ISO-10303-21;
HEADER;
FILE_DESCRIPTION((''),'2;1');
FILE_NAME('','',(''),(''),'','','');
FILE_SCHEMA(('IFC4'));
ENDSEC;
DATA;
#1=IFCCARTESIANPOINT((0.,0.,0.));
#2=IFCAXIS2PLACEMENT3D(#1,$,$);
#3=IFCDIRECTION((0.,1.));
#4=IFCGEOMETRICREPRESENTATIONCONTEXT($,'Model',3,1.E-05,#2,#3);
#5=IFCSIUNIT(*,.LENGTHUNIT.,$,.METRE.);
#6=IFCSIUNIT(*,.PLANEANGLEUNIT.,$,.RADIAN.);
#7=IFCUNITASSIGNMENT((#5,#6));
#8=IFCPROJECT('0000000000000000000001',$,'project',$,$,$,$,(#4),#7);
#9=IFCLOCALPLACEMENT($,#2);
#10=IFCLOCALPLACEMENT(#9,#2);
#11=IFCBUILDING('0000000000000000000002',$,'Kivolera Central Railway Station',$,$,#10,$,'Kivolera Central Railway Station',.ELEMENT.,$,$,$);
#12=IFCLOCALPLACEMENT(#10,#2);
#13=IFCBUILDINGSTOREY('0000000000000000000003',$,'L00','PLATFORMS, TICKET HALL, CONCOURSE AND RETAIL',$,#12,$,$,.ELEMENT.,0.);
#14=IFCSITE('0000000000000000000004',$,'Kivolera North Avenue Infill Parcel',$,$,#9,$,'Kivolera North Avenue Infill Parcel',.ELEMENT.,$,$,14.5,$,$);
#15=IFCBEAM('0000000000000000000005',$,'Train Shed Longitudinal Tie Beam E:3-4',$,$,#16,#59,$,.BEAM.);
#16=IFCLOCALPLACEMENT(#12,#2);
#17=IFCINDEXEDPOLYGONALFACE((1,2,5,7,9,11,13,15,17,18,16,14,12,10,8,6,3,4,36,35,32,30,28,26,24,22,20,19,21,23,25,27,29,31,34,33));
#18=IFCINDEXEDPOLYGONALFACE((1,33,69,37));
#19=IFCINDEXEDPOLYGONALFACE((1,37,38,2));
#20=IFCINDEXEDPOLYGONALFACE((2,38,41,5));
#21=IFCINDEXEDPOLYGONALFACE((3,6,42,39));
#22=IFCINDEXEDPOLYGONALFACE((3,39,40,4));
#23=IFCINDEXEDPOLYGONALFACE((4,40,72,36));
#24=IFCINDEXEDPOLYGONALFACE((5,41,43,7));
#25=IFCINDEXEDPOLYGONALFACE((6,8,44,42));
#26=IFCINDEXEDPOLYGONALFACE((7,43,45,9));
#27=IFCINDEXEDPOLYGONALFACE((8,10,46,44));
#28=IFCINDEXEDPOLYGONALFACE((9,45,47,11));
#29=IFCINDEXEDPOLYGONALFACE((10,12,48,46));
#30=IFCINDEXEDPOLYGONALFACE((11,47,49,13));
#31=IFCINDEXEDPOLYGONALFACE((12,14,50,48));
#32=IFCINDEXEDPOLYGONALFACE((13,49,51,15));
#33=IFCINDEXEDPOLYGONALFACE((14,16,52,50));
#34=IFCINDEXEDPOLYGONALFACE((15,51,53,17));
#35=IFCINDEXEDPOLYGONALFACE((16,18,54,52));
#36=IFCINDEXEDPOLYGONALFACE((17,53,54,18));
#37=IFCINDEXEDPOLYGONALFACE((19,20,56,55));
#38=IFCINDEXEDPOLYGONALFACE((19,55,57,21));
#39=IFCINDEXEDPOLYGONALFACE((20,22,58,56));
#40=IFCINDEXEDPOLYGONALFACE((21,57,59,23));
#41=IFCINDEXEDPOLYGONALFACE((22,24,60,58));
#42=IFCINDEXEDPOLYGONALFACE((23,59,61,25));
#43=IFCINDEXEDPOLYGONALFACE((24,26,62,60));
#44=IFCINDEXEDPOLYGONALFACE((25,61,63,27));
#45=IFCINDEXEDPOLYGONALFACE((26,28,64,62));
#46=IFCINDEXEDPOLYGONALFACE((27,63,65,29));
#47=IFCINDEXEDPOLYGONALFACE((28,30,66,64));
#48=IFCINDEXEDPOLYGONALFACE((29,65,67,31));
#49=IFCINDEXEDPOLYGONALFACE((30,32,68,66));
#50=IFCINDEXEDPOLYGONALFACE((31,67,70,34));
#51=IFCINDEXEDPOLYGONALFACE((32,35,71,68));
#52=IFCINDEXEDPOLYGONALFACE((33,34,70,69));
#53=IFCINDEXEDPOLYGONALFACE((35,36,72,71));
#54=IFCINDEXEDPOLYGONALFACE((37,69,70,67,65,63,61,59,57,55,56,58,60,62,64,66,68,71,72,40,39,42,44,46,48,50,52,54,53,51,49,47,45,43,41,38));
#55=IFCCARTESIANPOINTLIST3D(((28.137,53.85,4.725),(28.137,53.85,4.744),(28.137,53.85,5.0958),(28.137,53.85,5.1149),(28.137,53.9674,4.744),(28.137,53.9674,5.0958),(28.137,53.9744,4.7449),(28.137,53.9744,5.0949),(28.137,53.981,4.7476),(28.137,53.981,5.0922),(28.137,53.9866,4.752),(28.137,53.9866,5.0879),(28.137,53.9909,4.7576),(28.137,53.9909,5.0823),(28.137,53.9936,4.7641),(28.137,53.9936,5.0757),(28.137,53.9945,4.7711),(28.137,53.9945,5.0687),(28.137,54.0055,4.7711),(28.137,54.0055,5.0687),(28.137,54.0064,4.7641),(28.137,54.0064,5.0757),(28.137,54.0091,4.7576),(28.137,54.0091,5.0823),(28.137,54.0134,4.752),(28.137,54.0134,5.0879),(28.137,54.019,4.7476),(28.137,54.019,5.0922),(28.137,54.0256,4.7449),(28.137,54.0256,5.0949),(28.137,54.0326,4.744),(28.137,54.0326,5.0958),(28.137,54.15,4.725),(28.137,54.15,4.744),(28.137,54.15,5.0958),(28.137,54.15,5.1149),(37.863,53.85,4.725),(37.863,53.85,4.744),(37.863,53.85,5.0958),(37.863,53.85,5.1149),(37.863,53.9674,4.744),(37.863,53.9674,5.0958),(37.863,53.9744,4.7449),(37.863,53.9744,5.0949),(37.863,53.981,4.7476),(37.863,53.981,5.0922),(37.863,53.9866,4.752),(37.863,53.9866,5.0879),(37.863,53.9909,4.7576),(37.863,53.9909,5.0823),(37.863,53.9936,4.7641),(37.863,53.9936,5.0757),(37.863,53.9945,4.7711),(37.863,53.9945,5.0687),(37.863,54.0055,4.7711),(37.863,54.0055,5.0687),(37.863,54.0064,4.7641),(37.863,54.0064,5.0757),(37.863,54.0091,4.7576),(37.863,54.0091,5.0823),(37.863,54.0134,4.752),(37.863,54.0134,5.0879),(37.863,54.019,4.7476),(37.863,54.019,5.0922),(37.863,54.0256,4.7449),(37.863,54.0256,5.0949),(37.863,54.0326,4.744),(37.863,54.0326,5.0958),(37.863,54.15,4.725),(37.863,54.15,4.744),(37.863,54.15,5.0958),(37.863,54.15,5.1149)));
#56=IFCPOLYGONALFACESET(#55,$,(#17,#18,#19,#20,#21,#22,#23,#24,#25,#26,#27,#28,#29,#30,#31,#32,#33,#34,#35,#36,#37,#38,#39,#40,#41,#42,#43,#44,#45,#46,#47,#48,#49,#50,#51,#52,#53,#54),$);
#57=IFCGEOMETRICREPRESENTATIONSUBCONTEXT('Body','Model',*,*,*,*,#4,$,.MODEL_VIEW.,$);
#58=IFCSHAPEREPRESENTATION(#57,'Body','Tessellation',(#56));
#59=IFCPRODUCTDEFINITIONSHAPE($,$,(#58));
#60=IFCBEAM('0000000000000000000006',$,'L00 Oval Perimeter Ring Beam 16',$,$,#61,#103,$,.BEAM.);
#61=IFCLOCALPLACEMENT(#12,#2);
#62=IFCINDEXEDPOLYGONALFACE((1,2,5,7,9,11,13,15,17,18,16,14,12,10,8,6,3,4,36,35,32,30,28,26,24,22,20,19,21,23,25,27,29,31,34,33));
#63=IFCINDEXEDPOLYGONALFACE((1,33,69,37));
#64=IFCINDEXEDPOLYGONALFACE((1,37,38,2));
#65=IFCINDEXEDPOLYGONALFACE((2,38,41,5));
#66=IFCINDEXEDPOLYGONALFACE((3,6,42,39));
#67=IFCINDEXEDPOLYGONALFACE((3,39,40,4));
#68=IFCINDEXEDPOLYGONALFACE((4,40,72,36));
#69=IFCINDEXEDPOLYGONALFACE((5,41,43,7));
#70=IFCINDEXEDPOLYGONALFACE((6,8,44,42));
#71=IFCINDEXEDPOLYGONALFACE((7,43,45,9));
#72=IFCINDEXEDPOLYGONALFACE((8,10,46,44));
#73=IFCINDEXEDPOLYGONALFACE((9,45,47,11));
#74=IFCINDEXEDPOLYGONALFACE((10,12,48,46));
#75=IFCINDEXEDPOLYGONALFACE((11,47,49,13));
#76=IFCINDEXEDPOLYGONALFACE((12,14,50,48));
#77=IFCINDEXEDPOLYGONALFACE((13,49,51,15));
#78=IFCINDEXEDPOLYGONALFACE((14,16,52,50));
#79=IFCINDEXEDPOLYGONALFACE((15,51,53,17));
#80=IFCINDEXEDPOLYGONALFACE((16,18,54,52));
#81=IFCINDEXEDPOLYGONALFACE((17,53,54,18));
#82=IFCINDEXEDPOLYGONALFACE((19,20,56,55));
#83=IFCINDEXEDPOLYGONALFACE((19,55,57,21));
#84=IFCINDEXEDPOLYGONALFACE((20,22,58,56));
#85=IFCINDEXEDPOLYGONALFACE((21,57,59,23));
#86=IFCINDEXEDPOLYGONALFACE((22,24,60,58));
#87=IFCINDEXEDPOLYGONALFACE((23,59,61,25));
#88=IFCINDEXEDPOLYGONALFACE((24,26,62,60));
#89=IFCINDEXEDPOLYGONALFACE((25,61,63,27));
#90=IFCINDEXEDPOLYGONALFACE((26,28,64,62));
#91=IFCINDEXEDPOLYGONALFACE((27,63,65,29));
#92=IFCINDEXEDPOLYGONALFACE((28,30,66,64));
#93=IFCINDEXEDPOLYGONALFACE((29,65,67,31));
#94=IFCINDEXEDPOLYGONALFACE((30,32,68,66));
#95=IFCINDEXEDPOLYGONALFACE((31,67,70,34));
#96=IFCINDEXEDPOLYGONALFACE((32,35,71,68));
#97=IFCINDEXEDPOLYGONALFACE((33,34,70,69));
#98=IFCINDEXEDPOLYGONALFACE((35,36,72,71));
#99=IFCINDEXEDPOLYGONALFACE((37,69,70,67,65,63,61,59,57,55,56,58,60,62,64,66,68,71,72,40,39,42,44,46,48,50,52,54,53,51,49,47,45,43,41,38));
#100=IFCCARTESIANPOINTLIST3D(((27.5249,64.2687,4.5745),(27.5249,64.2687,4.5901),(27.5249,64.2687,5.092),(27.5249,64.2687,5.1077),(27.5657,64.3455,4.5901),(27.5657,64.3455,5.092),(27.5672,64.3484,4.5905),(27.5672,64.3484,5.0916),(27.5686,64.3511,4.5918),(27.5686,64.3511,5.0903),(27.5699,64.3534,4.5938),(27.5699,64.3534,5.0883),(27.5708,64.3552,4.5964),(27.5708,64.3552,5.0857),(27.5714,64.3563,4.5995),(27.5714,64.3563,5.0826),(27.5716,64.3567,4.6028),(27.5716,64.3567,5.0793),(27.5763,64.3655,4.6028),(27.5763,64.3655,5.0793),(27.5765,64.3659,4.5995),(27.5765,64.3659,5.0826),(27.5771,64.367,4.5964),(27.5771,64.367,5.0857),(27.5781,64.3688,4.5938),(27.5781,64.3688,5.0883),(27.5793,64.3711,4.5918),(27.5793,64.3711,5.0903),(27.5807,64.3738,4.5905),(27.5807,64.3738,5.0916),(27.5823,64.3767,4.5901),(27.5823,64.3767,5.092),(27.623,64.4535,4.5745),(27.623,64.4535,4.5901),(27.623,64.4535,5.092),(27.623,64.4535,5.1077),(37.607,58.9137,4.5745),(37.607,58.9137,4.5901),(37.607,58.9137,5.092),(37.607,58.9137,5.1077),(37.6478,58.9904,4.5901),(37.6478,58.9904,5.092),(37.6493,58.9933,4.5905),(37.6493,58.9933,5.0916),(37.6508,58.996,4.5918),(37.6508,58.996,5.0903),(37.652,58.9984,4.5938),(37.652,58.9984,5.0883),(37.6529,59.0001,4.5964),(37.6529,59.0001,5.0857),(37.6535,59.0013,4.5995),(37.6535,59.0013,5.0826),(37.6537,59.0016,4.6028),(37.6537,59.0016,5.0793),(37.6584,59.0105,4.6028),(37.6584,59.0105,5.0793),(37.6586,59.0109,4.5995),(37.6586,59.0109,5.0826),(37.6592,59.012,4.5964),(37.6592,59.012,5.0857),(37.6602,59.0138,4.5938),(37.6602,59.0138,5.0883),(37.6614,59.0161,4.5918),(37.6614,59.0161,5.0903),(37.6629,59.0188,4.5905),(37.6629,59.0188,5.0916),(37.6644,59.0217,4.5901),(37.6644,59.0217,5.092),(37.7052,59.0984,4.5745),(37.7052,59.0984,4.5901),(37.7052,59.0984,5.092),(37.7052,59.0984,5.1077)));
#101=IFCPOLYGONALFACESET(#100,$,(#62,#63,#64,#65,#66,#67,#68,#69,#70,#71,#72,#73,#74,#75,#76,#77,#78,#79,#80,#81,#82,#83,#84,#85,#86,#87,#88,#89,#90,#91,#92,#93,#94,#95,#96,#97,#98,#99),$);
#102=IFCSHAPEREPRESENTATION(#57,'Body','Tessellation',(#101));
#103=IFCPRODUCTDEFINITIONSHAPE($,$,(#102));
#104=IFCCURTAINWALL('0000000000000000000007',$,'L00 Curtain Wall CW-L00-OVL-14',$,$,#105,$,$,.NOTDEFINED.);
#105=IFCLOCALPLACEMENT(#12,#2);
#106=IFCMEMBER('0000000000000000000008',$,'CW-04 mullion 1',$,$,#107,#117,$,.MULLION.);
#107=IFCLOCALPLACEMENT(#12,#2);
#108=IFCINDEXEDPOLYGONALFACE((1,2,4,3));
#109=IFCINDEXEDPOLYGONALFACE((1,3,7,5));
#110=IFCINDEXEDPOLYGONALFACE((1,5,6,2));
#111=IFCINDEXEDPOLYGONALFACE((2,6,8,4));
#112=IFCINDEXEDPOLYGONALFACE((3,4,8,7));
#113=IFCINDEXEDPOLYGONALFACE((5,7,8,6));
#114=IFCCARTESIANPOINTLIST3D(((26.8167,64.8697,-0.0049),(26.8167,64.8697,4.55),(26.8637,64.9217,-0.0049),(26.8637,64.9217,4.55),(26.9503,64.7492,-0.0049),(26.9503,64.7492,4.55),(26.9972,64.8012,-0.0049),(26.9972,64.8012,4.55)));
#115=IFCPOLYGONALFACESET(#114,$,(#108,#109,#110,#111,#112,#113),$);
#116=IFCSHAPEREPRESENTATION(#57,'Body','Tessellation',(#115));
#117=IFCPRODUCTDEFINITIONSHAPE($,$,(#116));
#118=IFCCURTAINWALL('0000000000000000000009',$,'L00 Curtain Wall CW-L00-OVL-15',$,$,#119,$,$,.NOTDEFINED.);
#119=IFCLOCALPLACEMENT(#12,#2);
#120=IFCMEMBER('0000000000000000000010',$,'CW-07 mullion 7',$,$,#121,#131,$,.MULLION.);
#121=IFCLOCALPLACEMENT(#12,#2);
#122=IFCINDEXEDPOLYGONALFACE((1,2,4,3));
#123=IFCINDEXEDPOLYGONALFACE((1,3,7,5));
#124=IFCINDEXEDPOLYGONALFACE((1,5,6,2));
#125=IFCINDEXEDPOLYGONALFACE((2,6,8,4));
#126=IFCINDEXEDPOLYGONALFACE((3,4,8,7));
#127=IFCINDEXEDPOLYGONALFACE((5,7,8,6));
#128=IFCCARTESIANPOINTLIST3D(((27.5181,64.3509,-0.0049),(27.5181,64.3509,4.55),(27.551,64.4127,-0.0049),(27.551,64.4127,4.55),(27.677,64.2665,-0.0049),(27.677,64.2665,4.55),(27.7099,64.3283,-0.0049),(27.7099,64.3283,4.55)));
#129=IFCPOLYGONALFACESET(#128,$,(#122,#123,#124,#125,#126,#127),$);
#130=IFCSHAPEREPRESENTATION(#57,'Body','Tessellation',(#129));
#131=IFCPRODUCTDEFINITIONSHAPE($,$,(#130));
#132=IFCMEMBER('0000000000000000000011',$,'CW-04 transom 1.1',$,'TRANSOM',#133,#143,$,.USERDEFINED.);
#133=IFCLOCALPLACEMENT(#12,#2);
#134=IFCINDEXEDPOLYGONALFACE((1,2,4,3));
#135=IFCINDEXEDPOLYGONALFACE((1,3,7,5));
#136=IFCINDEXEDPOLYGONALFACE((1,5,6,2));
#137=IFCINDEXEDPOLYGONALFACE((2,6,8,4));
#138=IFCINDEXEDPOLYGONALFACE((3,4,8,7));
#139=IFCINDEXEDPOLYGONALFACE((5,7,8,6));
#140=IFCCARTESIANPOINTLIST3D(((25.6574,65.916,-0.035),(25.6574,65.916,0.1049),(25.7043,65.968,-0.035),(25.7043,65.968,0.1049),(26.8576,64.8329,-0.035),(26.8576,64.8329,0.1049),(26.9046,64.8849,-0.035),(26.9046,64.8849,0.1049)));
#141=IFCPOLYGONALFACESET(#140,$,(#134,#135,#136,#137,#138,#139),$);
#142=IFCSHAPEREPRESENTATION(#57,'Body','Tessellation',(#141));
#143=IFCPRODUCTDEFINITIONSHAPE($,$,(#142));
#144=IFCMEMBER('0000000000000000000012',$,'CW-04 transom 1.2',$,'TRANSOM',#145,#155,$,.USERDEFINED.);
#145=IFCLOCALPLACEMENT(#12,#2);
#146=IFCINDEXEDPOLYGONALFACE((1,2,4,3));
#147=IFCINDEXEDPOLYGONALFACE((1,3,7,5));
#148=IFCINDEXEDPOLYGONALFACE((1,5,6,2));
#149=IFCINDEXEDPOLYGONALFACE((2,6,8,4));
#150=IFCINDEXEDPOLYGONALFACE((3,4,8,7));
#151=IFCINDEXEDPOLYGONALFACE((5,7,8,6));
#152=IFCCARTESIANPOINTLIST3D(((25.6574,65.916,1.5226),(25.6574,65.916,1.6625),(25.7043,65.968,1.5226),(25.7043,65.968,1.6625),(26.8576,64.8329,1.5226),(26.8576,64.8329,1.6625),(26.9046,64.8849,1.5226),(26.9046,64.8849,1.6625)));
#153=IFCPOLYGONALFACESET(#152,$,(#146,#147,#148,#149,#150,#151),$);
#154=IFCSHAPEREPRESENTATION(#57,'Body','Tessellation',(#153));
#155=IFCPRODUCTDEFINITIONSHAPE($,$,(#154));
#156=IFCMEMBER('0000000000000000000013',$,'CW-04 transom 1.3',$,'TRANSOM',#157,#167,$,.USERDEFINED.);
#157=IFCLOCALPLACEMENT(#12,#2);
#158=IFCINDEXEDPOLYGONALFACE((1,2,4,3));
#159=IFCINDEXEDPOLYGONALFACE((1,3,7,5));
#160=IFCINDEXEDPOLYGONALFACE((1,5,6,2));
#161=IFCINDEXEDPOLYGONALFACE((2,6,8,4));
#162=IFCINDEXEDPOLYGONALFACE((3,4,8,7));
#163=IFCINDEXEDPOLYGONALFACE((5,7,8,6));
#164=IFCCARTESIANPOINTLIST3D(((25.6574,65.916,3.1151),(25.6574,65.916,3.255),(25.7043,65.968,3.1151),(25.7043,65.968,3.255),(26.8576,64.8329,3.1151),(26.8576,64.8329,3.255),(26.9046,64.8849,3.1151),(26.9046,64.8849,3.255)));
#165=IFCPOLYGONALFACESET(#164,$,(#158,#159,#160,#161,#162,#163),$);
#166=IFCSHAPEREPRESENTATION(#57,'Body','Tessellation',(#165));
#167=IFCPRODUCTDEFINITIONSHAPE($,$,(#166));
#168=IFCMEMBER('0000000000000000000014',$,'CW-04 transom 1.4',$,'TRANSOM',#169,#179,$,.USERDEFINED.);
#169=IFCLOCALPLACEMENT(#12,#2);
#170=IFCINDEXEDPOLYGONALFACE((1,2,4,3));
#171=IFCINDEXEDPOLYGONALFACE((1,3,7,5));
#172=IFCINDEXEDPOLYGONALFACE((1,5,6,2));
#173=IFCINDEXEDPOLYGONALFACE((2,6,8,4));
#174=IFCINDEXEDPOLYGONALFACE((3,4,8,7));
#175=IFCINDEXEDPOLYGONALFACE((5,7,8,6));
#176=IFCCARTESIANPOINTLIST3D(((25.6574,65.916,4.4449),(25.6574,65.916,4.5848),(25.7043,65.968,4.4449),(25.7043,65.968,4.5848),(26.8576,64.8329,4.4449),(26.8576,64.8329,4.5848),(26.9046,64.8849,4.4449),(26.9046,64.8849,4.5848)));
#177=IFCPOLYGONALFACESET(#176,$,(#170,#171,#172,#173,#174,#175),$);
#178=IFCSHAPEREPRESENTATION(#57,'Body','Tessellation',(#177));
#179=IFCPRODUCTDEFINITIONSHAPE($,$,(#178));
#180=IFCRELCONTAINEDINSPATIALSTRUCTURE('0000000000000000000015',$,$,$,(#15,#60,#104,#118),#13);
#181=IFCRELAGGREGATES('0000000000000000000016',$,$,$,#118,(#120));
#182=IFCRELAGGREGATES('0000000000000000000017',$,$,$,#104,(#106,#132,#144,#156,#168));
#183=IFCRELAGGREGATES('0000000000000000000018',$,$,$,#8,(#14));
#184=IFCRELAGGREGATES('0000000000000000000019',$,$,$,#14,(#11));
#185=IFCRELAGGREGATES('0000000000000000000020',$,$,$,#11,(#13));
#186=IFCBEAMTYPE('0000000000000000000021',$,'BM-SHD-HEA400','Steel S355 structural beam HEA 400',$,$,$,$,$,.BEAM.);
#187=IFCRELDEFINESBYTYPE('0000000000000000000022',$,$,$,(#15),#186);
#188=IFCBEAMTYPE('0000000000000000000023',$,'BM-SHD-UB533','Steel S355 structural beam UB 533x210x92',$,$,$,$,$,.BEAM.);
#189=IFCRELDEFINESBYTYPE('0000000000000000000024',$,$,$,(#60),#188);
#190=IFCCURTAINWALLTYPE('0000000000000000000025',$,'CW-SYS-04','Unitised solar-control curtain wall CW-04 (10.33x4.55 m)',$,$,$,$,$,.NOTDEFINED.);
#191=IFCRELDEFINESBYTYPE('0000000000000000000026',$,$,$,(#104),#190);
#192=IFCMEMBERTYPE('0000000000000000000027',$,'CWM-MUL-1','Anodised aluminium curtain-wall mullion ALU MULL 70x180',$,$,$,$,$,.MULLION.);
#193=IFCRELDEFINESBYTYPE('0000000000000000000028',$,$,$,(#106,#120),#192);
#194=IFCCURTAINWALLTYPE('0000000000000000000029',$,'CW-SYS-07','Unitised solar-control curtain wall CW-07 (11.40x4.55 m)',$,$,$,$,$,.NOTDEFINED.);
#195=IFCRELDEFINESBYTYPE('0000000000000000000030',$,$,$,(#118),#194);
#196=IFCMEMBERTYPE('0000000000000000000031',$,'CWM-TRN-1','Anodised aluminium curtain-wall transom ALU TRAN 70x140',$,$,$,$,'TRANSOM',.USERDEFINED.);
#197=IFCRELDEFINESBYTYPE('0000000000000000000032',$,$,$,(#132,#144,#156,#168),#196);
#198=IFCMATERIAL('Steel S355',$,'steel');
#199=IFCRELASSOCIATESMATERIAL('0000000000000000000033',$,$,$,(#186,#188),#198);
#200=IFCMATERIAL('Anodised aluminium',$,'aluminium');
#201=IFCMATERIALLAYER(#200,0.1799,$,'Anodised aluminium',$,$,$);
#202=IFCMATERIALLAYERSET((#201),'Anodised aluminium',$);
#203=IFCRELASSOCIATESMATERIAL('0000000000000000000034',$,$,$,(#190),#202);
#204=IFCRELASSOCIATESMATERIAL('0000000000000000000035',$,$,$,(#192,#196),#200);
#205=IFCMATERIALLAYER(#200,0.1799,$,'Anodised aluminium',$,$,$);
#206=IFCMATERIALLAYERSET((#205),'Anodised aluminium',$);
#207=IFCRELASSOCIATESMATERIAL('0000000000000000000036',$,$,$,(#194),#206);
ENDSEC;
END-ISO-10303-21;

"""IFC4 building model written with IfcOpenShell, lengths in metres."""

from ifc_helpers import new_model, si_unit, direction, frame, origin, origin_2d, place, context, subcontext, project, spatial, rectangle, i_section, extrude, material, layer, layer_set, material_profile, profile_set, type_object, element, aggregate, save


model = new_model("IFC4")

# Units and contexts
model_context = context("Model", 3, precision=1e-05, world=origin(), true_north=direction((0.0, 1.0)))
body_context = subcontext(model_context, "Body", "Model", "MODEL_VIEW")
ifc_project = project(units=[si_unit("LENGTHUNIT", "METRE"), si_unit("PLANEANGLEUNIT", "RADIAN")], contexts=[model_context])

# Site, building, storey
site_placement = place(None, origin())
site = spatial("IfcSite", under=ifc_project, at=site_placement, Name="Kivolera North Avenue Infill Parcel", LongName="Kivolera North Avenue Infill Parcel", CompositionType="ELEMENT", RefElevation=14.5)
building_placement = place(site_placement, origin())
building = spatial("IfcBuilding", under=site, at=building_placement, Name="Kivolera Central Railway Station", LongName="Kivolera Central Railway Station", CompositionType="ELEMENT")
storey_placement = place(building_placement, origin())
storey = spatial("IfcBuildingStorey", under=building, at=storey_placement, Name="L00", Description="PLATFORMS, TICKET HALL, CONCOURSE AND RETAIL", CompositionType="ELEMENT", Elevation=0.0)

# Shared definitions
ifc_material_1 = material(Name="Steel S355", Category="steel")

# Beams
ifc_material_profile_1 = material_profile(ifc_material_1, i_section(OverallWidth=0.3, OverallDepth=0.3899, WebThickness=0.011, FlangeThickness=0.019, FilletRadius=0.0271, at=origin_2d()), Name="HEA 400")
ifc_profile_set_1 = profile_set([ifc_material_profile_1], Name="Steel S355")
beam_type_1 = type_object("IfcBeamType", Name="BM-SHD-HEA400", Description="Steel S355 structural beam HEA 400", PredefinedType="BEAM", material=ifc_profile_set_1)
beam_1_placement = place(storey_placement, frame((28.137, 54.0, 4.9199), z_axis=(1.0, 0.0, 0.0), x_axis=(0.0, 1.0, 0.0)))
element("IfcBeam", 1, at=beam_1_placement, inside=storey, type_object=beam_type_1, Name="Train Shed Longitudinal Tie Beam E:3-4", PredefinedType="BEAM", context=body_context, shape_type="SweptSolid", body=[
    extrude(i_section(OverallWidth=0.3, OverallDepth=0.3899, WebThickness=0.011, FlangeThickness=0.019, FilletRadius=0.0271, at=origin_2d()), origin(), (0.0, 0.0, 1.0), 9.7261),
])
ifc_material_profile_2 = material_profile(ifc_material_1, i_section(OverallWidth=0.2092, OverallDepth=0.5332, WebThickness=0.01, FlangeThickness=0.0156, FilletRadius=0.0127, at=origin_2d()), Name="UB 533x210x92")
ifc_profile_set_2 = profile_set([ifc_material_profile_2], Name="Steel S355")
beam_type_2 = type_object("IfcBeamType", Name="BM-SHD-UB533", Description="Steel S355 structural beam UB 533x210x92", PredefinedType="BEAM", material=ifc_profile_set_2)
beam_2_placement = place(storey_placement, frame((27.574, 64.3611, 4.8411), z_axis=(0.883156, -0.46908, 0.0), x_axis=(0.46908, 0.883156, 0.0)))
element("IfcBeam", 2, at=beam_2_placement, inside=storey, type_object=beam_type_2, Name="L00 Oval Perimeter Ring Beam 16", PredefinedType="BEAM", context=body_context, shape_type="SweptSolid", body=[
    extrude(i_section(OverallWidth=0.2092, OverallDepth=0.5332, WebThickness=0.01, FlangeThickness=0.0156, FilletRadius=0.0127, at=origin_2d()), origin(), (0.0, 0.0, 1.0), 11.416),
])

# Curtain walls, members
ifc_material_2 = material(Name="Anodised aluminium", Category="aluminium")
ifc_layer_1 = layer(ifc_material_2, 0.1799, Name="Anodised aluminium")
ifc_layer_set_1 = layer_set([ifc_layer_1], Name="Anodised aluminium")
curtain_wall_type_1 = type_object("IfcCurtainWallType", Name="CW-SYS-04", Description="Unitised solar-control curtain wall CW-04 (10.33x4.55 m)", PredefinedType="NOTDEFINED", material=ifc_layer_set_1)
curtain_wall_1_placement = place(storey_placement, origin())
curtain_wall_1 = element("IfcCurtainWall", 3, at=curtain_wall_1_placement, inside=storey, type_object=curtain_wall_type_1, Name="L00 Curtain Wall CW-L00-OVL-14", PredefinedType="NOTDEFINED")
ifc_material_profile_3 = material_profile(ifc_material_2, rectangle(XDim=0.0701, YDim=0.1799, at=origin_2d()), Name="ALU MULL 70x180")
ifc_profile_set_3 = profile_set([ifc_material_profile_3], Name="Anodised aluminium")
member_type_1 = type_object("IfcMemberType", Name="CWM-MUL-1", Description="Anodised aluminium curtain-wall mullion ALU MULL 70x180", PredefinedType="MULLION", material=ifc_profile_set_3)
member_1_placement = place(storey_placement, frame((26.907, 64.8354, -0.0049), z_axis=(0.0, 0.0, 1.0), x_axis=(-0.669922, -0.742432, 0.0)))
member_1 = element("IfcMember", 4, at=member_1_placement, type_object=member_type_1, Name="CW-04 mullion 1", PredefinedType="MULLION", context=body_context, shape_type="SweptSolid", body=[
    extrude(rectangle(XDim=0.0701, YDim=0.1799, at=origin_2d()), origin(), (0.0, 0.0, 1.0), 4.5549),
])
ifc_layer_2 = layer(ifc_material_2, 0.1799, Name="Anodised aluminium")
ifc_layer_set_2 = layer_set([ifc_layer_2], Name="Anodised aluminium")
curtain_wall_type_2 = type_object("IfcCurtainWallType", Name="CW-SYS-07", Description="Unitised solar-control curtain wall CW-07 (11.40x4.55 m)", PredefinedType="NOTDEFINED", material=ifc_layer_set_2)
curtain_wall_2_placement = place(storey_placement, origin())
curtain_wall_2 = element("IfcCurtainWall", 5, at=curtain_wall_2_placement, inside=storey, type_object=curtain_wall_type_2, Name="L00 Curtain Wall CW-L00-OVL-15", PredefinedType="NOTDEFINED")
member_2_placement = place(storey_placement, frame((27.614, 64.3396, -0.0049), z_axis=(0.0, 0.0, 1.0), x_axis=(-0.469053, -0.88317, 0.0)))
member_2 = element("IfcMember", 6, at=member_2_placement, type_object=member_type_1, Name="CW-07 mullion 7", PredefinedType="MULLION", context=body_context, shape_type="SweptSolid", body=[
    extrude(rectangle(XDim=0.0701, YDim=0.1799, at=origin_2d()), origin(), (0.0, 0.0, 1.0), 4.5549),
])

# Members
ifc_material_profile_4 = material_profile(ifc_material_2, rectangle(XDim=0.0701, YDim=0.1399, at=origin_2d()), Name="ALU TRAN 70x140")
ifc_profile_set_4 = profile_set([ifc_material_profile_4], Name="Anodised aluminium")
member_type_2 = type_object("IfcMemberType", Name="CWM-TRN-1", Description="Anodised aluminium curtain-wall transom ALU TRAN 70x140", ElementType="TRANSOM", PredefinedType="USERDEFINED", material=ifc_profile_set_4)
member_3_placement = place(storey_placement, frame((26.8811, 64.8589, 0.0349), z_axis=(-0.742422, 0.669932, 0.0), x_axis=(-0.669932, -0.742422, 0.0)))
member_3 = element("IfcMember", 7, at=member_3_placement, type_object=member_type_2, Name="CW-04 transom 1.1", ObjectType="TRANSOM", PredefinedType="USERDEFINED", context=body_context, shape_type="SweptSolid", body=[
    extrude(rectangle(XDim=0.0701, YDim=0.1399, at=origin_2d()), origin(), (0.0, 0.0, 1.0), 1.6167),
])
member_4_placement = place(storey_placement, frame((26.8811, 64.8589, 1.5925), z_axis=(-0.742422, 0.669932, 0.0), x_axis=(-0.669932, -0.742422, 0.0)))
member_4 = element("IfcMember", 8, at=member_4_placement, type_object=member_type_2, Name="CW-04 transom 1.2", ObjectType="TRANSOM", PredefinedType="USERDEFINED", context=body_context, shape_type="SweptSolid", body=[
    extrude(rectangle(XDim=0.0701, YDim=0.1399, at=origin_2d()), origin(), (0.0, 0.0, 1.0), 1.6167),
])
member_5_placement = place(storey_placement, frame((26.8811, 64.8589, 3.1851), z_axis=(-0.742422, 0.669932, 0.0), x_axis=(-0.669932, -0.742422, 0.0)))
member_5 = element("IfcMember", 9, at=member_5_placement, type_object=member_type_2, Name="CW-04 transom 1.3", ObjectType="TRANSOM", PredefinedType="USERDEFINED", context=body_context, shape_type="SweptSolid", body=[
    extrude(rectangle(XDim=0.0701, YDim=0.1399, at=origin_2d()), origin(), (0.0, 0.0, 1.0), 1.6167),
])
member_6_placement = place(storey_placement, frame((26.8811, 64.8589, 4.5149), z_axis=(-0.742422, 0.669932, 0.0), x_axis=(-0.669932, -0.742422, 0.0)))
member_6 = element("IfcMember", 10, at=member_6_placement, type_object=member_type_2, Name="CW-04 transom 1.4", ObjectType="TRANSOM", PredefinedType="USERDEFINED", context=body_context, shape_type="SweptSolid", body=[
    extrude(rectangle(XDim=0.0701, YDim=0.1399, at=origin_2d()), origin(), (0.0, 0.0, 1.0), 1.6167),
])

aggregate(curtain_wall_2, [member_2])
aggregate(curtain_wall_1, [member_1, member_3, member_4, member_5, member_6])

save(model, "model.ifc")
